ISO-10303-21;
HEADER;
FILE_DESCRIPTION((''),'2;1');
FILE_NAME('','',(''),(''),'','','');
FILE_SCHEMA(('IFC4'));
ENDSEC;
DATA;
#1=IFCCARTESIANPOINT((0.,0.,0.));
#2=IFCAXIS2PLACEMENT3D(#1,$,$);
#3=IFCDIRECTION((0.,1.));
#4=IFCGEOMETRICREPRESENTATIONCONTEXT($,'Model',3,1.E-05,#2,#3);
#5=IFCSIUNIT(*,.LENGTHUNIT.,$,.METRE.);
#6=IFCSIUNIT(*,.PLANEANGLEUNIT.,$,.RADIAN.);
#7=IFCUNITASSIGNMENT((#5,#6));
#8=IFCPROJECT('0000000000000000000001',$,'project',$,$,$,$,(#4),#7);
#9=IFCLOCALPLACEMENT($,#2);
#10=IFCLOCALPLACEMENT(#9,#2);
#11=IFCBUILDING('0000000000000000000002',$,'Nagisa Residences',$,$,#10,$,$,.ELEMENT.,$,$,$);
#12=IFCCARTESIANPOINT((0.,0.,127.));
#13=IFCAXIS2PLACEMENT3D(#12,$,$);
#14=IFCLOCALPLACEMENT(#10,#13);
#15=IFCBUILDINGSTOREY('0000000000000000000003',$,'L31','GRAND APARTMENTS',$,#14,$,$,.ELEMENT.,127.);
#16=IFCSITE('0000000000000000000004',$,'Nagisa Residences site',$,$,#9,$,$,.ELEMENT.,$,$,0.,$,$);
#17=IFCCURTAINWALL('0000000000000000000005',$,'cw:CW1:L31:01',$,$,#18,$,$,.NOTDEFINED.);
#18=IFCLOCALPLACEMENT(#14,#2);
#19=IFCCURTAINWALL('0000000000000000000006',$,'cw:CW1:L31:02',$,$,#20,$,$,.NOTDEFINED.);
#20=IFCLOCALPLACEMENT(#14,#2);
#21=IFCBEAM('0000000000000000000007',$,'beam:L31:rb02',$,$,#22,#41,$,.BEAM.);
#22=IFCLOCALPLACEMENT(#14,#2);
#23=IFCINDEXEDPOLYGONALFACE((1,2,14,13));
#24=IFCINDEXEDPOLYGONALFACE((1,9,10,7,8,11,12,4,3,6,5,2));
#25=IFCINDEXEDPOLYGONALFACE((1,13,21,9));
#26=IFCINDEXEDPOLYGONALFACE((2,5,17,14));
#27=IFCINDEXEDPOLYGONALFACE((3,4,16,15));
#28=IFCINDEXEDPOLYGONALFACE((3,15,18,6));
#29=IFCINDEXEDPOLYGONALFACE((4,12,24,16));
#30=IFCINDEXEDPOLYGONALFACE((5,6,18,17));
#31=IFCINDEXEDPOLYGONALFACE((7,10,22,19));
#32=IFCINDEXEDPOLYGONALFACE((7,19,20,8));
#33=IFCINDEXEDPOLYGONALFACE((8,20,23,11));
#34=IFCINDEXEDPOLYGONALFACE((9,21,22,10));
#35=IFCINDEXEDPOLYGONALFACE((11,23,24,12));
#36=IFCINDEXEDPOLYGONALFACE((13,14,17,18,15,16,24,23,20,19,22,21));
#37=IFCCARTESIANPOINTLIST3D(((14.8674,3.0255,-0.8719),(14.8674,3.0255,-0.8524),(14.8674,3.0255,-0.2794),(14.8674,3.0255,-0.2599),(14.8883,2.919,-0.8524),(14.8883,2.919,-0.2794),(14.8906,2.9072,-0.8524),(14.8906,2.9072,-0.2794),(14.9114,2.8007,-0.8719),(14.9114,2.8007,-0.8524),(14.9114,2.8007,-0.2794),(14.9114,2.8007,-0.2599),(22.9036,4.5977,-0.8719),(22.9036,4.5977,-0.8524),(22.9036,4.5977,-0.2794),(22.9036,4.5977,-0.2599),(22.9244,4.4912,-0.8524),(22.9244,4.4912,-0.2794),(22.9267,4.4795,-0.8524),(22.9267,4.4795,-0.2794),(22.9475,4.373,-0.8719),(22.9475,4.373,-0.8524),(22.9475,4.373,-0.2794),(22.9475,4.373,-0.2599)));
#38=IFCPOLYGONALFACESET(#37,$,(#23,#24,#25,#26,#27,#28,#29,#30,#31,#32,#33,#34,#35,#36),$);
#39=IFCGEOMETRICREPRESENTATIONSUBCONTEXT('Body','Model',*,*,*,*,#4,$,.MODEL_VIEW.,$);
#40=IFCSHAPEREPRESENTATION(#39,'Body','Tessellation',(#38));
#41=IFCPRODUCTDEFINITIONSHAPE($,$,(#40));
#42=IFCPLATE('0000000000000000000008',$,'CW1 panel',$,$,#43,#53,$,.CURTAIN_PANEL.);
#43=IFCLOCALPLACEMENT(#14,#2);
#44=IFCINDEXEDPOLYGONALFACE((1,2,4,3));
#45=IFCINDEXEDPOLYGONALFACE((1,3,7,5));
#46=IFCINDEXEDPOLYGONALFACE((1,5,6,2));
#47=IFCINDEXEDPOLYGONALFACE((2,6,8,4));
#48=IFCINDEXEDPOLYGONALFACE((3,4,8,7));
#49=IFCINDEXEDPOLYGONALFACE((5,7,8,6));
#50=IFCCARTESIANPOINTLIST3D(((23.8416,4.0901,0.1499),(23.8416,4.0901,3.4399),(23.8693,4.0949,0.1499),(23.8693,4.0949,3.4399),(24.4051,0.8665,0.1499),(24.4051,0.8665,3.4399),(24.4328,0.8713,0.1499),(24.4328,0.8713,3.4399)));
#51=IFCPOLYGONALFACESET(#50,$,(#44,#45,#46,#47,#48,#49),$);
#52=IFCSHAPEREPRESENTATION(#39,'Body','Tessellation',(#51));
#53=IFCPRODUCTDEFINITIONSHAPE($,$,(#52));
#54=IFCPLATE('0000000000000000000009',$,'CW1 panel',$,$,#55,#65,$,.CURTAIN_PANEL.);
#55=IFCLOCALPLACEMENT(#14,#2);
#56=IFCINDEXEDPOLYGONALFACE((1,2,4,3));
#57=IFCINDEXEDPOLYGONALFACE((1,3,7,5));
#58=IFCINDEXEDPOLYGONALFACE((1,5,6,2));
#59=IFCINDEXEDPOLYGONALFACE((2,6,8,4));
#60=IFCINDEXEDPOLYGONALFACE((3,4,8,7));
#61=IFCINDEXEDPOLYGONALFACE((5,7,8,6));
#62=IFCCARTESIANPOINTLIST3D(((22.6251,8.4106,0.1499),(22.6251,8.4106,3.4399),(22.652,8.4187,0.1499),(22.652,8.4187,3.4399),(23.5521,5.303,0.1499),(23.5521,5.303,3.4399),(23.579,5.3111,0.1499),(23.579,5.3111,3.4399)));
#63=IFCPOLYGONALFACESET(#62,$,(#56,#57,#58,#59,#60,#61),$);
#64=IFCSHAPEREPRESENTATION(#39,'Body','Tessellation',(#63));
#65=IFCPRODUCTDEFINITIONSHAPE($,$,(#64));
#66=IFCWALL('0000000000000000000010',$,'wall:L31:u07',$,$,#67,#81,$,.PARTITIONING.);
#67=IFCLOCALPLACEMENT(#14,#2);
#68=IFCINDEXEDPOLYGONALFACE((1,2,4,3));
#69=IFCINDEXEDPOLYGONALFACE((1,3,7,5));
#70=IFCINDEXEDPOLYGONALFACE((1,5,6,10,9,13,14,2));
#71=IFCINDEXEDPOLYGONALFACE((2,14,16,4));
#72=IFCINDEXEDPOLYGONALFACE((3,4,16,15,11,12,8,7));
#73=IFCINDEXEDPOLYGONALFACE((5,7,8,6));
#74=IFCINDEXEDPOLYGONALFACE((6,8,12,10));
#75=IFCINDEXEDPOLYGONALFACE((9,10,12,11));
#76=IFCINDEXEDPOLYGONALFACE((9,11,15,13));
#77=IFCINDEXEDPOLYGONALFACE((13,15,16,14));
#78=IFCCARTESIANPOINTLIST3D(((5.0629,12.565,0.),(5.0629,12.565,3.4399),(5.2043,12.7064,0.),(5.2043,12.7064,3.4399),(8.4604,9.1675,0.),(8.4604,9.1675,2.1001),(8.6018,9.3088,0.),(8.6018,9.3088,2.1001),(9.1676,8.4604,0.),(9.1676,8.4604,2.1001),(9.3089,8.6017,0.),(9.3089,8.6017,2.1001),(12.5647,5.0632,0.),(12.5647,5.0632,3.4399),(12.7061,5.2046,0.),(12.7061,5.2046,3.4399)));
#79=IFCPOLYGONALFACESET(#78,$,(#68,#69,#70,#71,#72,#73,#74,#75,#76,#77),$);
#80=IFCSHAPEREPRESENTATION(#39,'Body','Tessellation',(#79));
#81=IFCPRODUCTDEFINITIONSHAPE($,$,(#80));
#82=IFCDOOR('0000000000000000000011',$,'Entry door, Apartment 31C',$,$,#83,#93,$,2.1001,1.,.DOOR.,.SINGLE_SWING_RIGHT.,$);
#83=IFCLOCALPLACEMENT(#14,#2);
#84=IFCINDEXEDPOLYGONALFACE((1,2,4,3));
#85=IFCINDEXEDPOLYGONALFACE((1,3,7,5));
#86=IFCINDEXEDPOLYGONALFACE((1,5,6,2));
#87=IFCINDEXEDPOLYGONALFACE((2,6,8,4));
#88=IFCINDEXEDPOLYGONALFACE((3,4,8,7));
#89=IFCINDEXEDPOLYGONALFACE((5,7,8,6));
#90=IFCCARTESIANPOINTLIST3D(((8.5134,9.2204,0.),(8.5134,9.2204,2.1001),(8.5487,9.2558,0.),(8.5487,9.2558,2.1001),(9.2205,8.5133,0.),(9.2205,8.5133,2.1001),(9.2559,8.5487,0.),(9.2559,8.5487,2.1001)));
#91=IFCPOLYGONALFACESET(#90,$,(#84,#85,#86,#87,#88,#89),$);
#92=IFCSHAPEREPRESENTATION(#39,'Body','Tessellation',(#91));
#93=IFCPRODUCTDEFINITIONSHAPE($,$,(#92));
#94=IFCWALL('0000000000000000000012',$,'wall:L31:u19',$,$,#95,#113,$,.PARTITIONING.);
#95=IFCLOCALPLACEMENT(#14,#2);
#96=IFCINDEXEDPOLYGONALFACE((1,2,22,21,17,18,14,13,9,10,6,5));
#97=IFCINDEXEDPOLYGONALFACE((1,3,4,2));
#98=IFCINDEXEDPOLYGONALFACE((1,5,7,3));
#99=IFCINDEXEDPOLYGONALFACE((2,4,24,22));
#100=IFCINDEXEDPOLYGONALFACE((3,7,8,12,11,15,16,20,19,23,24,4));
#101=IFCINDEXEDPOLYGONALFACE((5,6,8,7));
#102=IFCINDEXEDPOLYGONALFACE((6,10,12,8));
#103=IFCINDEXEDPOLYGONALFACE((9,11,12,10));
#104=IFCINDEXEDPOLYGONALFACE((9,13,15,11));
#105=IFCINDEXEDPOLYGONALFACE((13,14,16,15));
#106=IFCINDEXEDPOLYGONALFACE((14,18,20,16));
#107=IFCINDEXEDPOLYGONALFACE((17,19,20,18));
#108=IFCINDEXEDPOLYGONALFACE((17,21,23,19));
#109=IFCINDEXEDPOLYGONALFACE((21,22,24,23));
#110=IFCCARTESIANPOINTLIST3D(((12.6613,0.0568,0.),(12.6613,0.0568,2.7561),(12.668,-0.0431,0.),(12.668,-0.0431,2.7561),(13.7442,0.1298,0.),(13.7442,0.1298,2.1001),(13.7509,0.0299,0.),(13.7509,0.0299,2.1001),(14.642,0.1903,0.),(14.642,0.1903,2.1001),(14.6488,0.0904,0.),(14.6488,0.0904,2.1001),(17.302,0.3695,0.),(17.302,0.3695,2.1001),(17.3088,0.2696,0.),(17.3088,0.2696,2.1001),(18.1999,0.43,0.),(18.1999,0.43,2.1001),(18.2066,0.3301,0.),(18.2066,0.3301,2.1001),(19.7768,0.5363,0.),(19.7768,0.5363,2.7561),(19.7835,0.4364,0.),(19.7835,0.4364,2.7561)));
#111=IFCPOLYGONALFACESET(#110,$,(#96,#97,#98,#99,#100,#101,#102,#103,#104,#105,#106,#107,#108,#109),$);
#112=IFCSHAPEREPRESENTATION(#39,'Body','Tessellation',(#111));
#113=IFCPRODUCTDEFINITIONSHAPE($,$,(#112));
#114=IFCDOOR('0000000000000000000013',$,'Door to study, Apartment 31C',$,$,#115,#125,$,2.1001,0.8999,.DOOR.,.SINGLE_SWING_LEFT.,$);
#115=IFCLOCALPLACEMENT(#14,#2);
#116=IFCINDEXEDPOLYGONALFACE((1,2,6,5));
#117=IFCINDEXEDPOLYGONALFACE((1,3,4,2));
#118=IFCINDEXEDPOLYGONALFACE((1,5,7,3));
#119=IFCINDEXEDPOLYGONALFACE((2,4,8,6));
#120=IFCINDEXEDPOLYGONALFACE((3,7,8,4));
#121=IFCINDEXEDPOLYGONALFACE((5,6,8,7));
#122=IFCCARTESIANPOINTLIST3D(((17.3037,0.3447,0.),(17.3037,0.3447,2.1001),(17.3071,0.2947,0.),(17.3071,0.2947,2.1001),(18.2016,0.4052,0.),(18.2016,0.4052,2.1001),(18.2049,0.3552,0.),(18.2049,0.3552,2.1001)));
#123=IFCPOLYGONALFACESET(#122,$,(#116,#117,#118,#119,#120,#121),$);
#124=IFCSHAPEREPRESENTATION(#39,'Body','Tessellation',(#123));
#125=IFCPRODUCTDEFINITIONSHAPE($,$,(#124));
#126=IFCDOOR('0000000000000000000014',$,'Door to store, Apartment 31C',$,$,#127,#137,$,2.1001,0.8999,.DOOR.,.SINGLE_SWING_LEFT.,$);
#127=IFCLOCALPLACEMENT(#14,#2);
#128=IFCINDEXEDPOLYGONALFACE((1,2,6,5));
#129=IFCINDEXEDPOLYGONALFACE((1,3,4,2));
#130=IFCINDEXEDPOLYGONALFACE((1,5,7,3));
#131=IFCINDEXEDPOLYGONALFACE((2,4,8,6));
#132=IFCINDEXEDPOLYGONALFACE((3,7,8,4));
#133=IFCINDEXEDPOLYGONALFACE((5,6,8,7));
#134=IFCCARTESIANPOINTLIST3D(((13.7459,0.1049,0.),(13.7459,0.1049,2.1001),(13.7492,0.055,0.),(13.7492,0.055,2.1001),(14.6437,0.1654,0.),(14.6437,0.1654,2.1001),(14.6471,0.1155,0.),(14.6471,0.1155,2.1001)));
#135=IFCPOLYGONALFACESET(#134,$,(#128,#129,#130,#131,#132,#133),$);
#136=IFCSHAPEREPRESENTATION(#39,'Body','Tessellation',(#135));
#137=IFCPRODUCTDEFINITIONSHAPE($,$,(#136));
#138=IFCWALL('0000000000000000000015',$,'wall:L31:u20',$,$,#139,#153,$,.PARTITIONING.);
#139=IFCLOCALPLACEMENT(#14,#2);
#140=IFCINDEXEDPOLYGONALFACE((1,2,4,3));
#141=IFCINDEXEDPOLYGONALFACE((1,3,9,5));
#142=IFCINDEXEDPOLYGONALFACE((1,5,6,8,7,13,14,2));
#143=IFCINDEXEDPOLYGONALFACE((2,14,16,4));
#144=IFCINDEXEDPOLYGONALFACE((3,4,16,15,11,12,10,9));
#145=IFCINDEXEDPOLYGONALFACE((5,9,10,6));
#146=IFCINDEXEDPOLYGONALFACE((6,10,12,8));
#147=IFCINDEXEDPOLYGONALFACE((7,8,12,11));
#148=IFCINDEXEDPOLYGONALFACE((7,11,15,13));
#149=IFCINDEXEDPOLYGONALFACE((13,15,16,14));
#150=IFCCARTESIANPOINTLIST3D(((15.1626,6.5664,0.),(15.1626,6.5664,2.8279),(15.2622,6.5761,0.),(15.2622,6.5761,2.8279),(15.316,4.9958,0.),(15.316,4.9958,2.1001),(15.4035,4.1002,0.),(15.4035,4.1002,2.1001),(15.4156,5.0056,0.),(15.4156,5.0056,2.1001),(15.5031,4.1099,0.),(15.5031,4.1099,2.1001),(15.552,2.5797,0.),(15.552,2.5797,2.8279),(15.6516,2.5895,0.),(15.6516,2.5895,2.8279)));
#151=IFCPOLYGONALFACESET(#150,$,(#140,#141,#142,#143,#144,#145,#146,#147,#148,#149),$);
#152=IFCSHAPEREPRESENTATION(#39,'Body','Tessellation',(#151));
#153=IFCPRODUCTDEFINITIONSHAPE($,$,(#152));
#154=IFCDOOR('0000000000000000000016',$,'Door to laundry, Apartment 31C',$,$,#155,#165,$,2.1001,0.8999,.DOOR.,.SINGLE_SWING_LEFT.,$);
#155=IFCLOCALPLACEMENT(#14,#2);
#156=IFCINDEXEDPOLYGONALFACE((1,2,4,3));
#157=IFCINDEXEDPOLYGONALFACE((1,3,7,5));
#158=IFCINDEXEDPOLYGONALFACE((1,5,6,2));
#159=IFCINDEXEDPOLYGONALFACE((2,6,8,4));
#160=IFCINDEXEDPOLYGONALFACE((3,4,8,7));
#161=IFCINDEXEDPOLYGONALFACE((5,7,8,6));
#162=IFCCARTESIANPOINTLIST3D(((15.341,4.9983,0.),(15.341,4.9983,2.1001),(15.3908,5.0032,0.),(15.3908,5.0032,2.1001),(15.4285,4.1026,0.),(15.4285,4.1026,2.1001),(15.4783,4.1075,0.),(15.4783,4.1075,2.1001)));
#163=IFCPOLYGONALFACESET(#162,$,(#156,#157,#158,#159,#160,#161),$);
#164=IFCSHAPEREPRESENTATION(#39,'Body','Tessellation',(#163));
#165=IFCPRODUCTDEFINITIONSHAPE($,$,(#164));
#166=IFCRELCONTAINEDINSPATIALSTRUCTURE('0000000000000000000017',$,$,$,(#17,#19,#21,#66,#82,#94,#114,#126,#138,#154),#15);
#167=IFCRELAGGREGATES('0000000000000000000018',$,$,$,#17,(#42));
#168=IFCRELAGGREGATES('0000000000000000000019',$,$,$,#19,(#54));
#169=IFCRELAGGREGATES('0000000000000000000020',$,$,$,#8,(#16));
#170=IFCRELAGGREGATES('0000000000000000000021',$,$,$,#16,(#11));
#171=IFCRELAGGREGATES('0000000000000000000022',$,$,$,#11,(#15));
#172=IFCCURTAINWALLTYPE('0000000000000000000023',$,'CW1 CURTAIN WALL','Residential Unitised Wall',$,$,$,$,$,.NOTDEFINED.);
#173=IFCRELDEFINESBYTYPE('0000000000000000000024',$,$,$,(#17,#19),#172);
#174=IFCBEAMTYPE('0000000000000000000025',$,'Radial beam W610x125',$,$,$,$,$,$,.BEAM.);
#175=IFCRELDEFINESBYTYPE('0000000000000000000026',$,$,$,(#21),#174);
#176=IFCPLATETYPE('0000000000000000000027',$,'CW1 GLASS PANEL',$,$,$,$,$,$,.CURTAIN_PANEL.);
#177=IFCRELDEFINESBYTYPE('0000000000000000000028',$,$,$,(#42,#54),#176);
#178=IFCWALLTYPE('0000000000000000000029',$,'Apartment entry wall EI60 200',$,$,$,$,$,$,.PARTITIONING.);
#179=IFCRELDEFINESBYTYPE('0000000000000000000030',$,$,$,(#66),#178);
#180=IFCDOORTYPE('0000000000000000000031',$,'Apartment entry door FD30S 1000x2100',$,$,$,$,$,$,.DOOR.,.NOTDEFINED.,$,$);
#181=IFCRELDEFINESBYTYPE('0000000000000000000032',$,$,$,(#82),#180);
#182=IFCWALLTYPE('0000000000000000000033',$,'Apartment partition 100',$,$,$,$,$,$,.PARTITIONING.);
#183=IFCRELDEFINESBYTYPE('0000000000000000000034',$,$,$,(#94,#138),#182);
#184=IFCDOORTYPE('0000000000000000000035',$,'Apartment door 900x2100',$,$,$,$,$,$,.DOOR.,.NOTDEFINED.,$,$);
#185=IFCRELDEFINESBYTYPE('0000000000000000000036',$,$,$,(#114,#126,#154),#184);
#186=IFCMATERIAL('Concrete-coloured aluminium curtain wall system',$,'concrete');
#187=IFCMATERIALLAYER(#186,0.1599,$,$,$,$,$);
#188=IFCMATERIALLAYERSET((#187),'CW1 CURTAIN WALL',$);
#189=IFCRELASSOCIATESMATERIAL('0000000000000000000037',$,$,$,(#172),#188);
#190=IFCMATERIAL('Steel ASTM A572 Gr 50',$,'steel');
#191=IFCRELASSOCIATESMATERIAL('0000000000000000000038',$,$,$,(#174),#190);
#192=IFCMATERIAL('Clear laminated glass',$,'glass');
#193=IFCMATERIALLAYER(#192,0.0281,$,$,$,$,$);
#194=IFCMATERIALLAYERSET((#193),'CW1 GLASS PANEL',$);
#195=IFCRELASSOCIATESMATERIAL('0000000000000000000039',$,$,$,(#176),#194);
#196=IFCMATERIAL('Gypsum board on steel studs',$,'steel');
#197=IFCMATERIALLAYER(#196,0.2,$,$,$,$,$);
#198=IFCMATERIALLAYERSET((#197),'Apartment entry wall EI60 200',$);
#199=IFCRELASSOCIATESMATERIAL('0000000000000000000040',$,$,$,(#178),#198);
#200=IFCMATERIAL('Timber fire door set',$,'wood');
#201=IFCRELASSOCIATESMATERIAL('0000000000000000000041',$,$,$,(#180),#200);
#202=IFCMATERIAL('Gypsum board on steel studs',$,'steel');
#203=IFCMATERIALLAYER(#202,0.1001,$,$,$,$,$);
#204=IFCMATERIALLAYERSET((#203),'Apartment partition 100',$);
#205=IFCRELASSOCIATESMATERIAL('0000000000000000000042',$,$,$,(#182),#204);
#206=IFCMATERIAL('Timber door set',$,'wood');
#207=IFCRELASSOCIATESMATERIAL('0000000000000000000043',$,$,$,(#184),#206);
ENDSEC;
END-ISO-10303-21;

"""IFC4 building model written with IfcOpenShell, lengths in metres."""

from ifc_helpers import new_model, si_unit, direction, frame, frame_2d, origin, origin_2d, place, context, subcontext, project, spatial, rectangle, i_section, extrude, material, layer, layer_set, material_profile, profile_set, type_object, element, fill, aggregate, save


model = new_model("IFC4")

# Units and contexts
model_context = context("Model", 3, precision=1e-05, world=origin(), true_north=direction((0.0, 1.0)))
body_context = subcontext(model_context, "Body", "Model", "MODEL_VIEW")
ifc_project = project(units=[si_unit("LENGTHUNIT", "METRE"), si_unit("PLANEANGLEUNIT", "RADIAN")], contexts=[model_context])

# Site, building, storey
site_placement = place(None, origin())
site = spatial("IfcSite", under=ifc_project, at=site_placement, Name="Nagisa Residences site", CompositionType="ELEMENT", RefElevation=0.0)
building_placement = place(site_placement, origin())
building = spatial("IfcBuilding", under=site, at=building_placement, Name="Nagisa Residences", CompositionType="ELEMENT")
storey_placement = place(building_placement, frame((0.0, 0.0, 127.0)))
storey = spatial("IfcBuildingStorey", under=building, at=storey_placement, Name="L31", Description="GRAND APARTMENTS", CompositionType="ELEMENT", Elevation=127.0)

# Curtain walls
ifc_material_1 = material(Name="Concrete-coloured aluminium curtain wall system", Category="concrete")
ifc_layer_1 = layer(ifc_material_1, 0.1599)
ifc_layer_set_1 = layer_set([ifc_layer_1], Name="CW1 CURTAIN WALL")
curtain_wall_type = type_object("IfcCurtainWallType", Name="CW1 CURTAIN WALL", Description="Residential Unitised Wall", PredefinedType="NOTDEFINED", material=ifc_layer_set_1)
curtain_wall_1_placement = place(storey_placement, origin())
curtain_wall_1 = element("IfcCurtainWall", 1, at=curtain_wall_1_placement, inside=storey, type_object=curtain_wall_type, Name="cw:CW1:L31:01", PredefinedType="NOTDEFINED")
curtain_wall_2_placement = place(storey_placement, origin())
curtain_wall_2 = element("IfcCurtainWall", 2, at=curtain_wall_2_placement, inside=storey, type_object=curtain_wall_type, Name="cw:CW1:L31:02", PredefinedType="NOTDEFINED")

# Beam
ifc_material_2 = material(Name="Steel ASTM A572 Gr 50", Category="steel")
ifc_material_profile_1 = material_profile(ifc_material_2, i_section(OverallWidth=0.229, OverallDepth=0.6121, WebThickness=0.012, FlangeThickness=0.0195, at=origin_2d()), Name="W610x125")
ifc_profile_set_1 = profile_set([ifc_material_profile_1], Name="Steel ASTM A572 Gr 50")
beam_type_1 = type_object("IfcBeamType", Name="Radial beam W610x125", PredefinedType="BEAM", material=ifc_profile_set_1)
beam_1_placement = place(storey_placement, frame((22.9255, 4.4854, -0.5659), z_axis=(-0.981393, -0.192009, 0.0), x_axis=(0.192009, -0.981393, 0.0)))
element("IfcBeam", 3, at=beam_1_placement, inside=storey, type_object=beam_type_1, Name="beam:L31:rb02", PredefinedType="BEAM", context=body_context, shape_type="SweptSolid", body=[
    extrude(i_section(OverallWidth=0.229, OverallDepth=0.6121, WebThickness=0.012, FlangeThickness=0.0195, at=origin_2d()), origin(), (0.0, 0.0, 1.0), 8.1885),
])

# Plates
ifc_material_3 = material(Name="Clear laminated glass", Category="glass")
ifc_layer_2 = layer(ifc_material_3, 0.0281)
ifc_layer_set_2 = layer_set([ifc_layer_2], Name="CW1 GLASS PANEL")
plate_type = type_object("IfcPlateType", Name="CW1 GLASS PANEL", PredefinedType="CURTAIN_PANEL", material=ifc_layer_set_2)
plate_1_placement = place(storey_placement, frame((24.1372, 2.4807, 0.1499), z_axis=(0.0, 0.0, 1.0), x_axis=(-0.172191, 0.985064, 0.0)))
plate_1 = element("IfcPlate", 4, at=plate_1_placement, type_object=plate_type, Name="CW1 panel", PredefinedType="CURTAIN_PANEL", context=body_context, shape_type="SweptSolid", body=[
    extrude(rectangle(XDim=3.2725, YDim=0.0281, at=origin_2d()), origin(), (0.0, 0.0, 1.0), 3.29),
])
aggregate(curtain_wall_1, [plate_1])
plate_2_placement = place(storey_placement, frame((23.1021, 6.8608, 0.1499), z_axis=(0.0, 0.0, 1.0), x_axis=(-0.28586, 0.958271, 0.0)))
plate_2 = element("IfcPlate", 5, at=plate_2_placement, type_object=plate_type, Name="CW1 panel", PredefinedType="CURTAIN_PANEL", context=body_context, shape_type="SweptSolid", body=[
    extrude(rectangle(XDim=3.2429, YDim=0.0281, at=origin_2d()), origin(), (0.0, 0.0, 1.0), 3.29),
])
aggregate(curtain_wall_2, [plate_2])

# Wall, opening, door
ifc_material_4 = material(Name="Gypsum board on steel studs", Category="steel")
ifc_layer_3 = layer(ifc_material_4, 0.2)
ifc_layer_set_3 = layer_set([ifc_layer_3], Name="Apartment entry wall EI60 200")
wall_type_1 = type_object("IfcWallType", Name="Apartment entry wall EI60 200", PredefinedType="PARTITIONING", material=ifc_layer_set_3)
wall_1_placement = place(storey_placement, frame((12.6355, 5.1338, 0.0), z_axis=(0.0, 0.0, 1.0), x_axis=(-0.707107, 0.707107, 0.0)))
wall_1 = element("IfcWall", 6, at=wall_1_placement, inside=storey, type_object=wall_type_1, Name="wall:L31:u07", PredefinedType="PARTITIONING", context=body_context, shape_type="SweptSolid", body=[
    extrude(rectangle(XDim=10.6091, YDim=0.2, at=frame_2d((5.3047, 0.0))), origin(), (0.0, 0.0, 1.0), 3.4399),
])
opening_1_placement = place(wall_1_placement, frame((4.8044, 0.0, 0.0)))
opening_1 = element("IfcOpeningElement", 7, at=opening_1_placement, cuts=wall_1, PredefinedType="OPENING", context=body_context, shape_type="SweptSolid", body=[
    extrude(rectangle(XDim=1.0, YDim=2.1001, at=frame_2d((0.5, 1.05))), frame((0.0, 0.1099, 0.0), z_axis=(0.0, -1.0, 0.0), x_axis=(1.0, 0.0, 0.0)), (0.0, 0.0, 1.0), 0.22),
])
ifc_material_5 = material(Name="Timber fire door set", Category="wood")
door_type_1 = type_object("IfcDoorType", Name="Apartment entry door FD30S 1000x2100", OperationType="NOTDEFINED", PredefinedType="DOOR", material=ifc_material_5)
door_1_placement = place(opening_1_placement, frame((1.0, 0.0, 0.0), x_axis=(-1.0, 0.0, 0.0)))
door_1 = element("IfcDoor", 8, at=door_1_placement, inside=storey, type_object=door_type_1, Name="Entry door, Apartment 31C", OperationType="SINGLE_SWING_RIGHT", OverallHeight=2.1001, OverallWidth=1.0, PredefinedType="DOOR", context=body_context, shape_type="SweptSolid", body=[
    extrude(rectangle(XDim=1.0, YDim=2.1001, at=frame_2d((0.5, 1.05))), frame((0.0, 0.0249, 0.0), z_axis=(0.0, -1.0, 0.0), x_axis=(1.0, 0.0, 0.0)), (0.0, 0.0, 1.0), 0.05),
])
fill(opening_1, door_1)

# Wall, openings, doors
ifc_material_6 = material(Name="Gypsum board on steel studs", Category="steel")
ifc_layer_4 = layer(ifc_material_6, 0.1001)
ifc_layer_set_4 = layer_set([ifc_layer_4], Name="Apartment partition 100")
wall_type_2 = type_object("IfcWallType", Name="Apartment partition 100", PredefinedType="PARTITIONING", material=ifc_layer_set_4)
wall_2_placement = place(storey_placement, frame((12.6646, 0.0068, 0.0), z_axis=(0.0, 0.0, 1.0), x_axis=(0.997737, 0.067235, 0.0)))
wall_2 = element("IfcWall", 9, at=wall_2_placement, inside=storey, type_object=wall_type_2, Name="wall:L31:u19", PredefinedType="PARTITIONING", context=body_context, shape_type="SweptSolid", body=[
    extrude(rectangle(XDim=7.1316, YDim=0.1001, at=frame_2d((3.5659, 0.0))), origin(), (0.0, 0.0, 1.0), 2.7561),
])
opening_2_placement = place(wall_2_placement, frame((4.6514, 0.0, 0.0)))
opening_2 = element("IfcOpeningElement", 10, at=opening_2_placement, cuts=wall_2, PredefinedType="OPENING", context=body_context, shape_type="SweptSolid", body=[
    extrude(rectangle(XDim=0.8999, YDim=2.1001, at=frame_2d((0.45, 1.05))), frame((0.0, 0.0601, 0.0), z_axis=(0.0, -1.0, 0.0), x_axis=(1.0, 0.0, 0.0)), (0.0, 0.0, 1.0), 0.1201),
])
opening_3_placement = place(wall_2_placement, frame((1.0854, 0.0, 0.0)))
opening_3 = element("IfcOpeningElement", 11, at=opening_3_placement, cuts=wall_2, PredefinedType="OPENING", context=body_context, shape_type="SweptSolid", body=[
    extrude(rectangle(XDim=0.8999, YDim=2.1001, at=frame_2d((0.45, 1.05))), frame((0.0, 0.0601, 0.0), z_axis=(0.0, -1.0, 0.0), x_axis=(1.0, 0.0, 0.0)), (0.0, 0.0, 1.0), 0.1201),
])
ifc_material_7 = material(Name="Timber door set", Category="wood")
door_type_2 = type_object("IfcDoorType", Name="Apartment door 900x2100", OperationType="NOTDEFINED", PredefinedType="DOOR", material=ifc_material_7)
door_2_placement = place(opening_2_placement, frame((0.8999, 0.0, 0.0), x_axis=(-1.0, 0.0, 0.0)))
door_2 = element("IfcDoor", 12, at=door_2_placement, inside=storey, type_object=door_type_2, Name="Door to study, Apartment 31C", OperationType="SINGLE_SWING_LEFT", OverallHeight=2.1001, OverallWidth=0.8999, PredefinedType="DOOR", context=body_context, shape_type="SweptSolid", body=[
    extrude(rectangle(XDim=0.8999, YDim=2.1001, at=frame_2d((0.45, 1.05))), frame((0.0, 0.0249, 0.0), z_axis=(0.0, -1.0, 0.0), x_axis=(1.0, 0.0, 0.0)), (0.0, 0.0, 1.0), 0.05),
])
fill(opening_2, door_2)
door_3_placement = place(opening_3_placement, frame((0.8999, 0.0, 0.0), x_axis=(-1.0, 0.0, 0.0)))
door_3 = element("IfcDoor", 13, at=door_3_placement, inside=storey, type_object=door_type_2, Name="Door to store, Apartment 31C", OperationType="SINGLE_SWING_LEFT", OverallHeight=2.1001, OverallWidth=0.8999, PredefinedType="DOOR", context=body_context, shape_type="SweptSolid", body=[
    extrude(rectangle(XDim=0.8999, YDim=2.1001, at=frame_2d((0.45, 1.05))), frame((0.0, 0.0249, 0.0), z_axis=(0.0, -1.0, 0.0), x_axis=(1.0, 0.0, 0.0)), (0.0, 0.0, 1.0), 0.05),
])
fill(opening_3, door_3)

# Wall, opening, door
wall_3_placement = place(storey_placement, frame((15.6018, 2.5845, 0.0), z_axis=(0.0, 0.0, 1.0), x_axis=(-0.097216, 0.995263, 0.0)))
wall_3 = element("IfcWall", 14, at=wall_3_placement, inside=storey, type_object=wall_type_2, Name="wall:L31:u20", PredefinedType="PARTITIONING", context=body_context, shape_type="SweptSolid", body=[
    extrude(rectangle(XDim=4.0056, YDim=0.1001, at=frame_2d((2.0029, 0.0))), origin(), (0.0, 0.0, 1.0), 2.8279),
])
opening_4_placement = place(wall_3_placement, frame((1.5278, 0.0, 0.0)))
opening_4 = element("IfcOpeningElement", 15, at=opening_4_placement, cuts=wall_3, PredefinedType="OPENING", context=body_context, shape_type="SweptSolid", body=[
    extrude(rectangle(XDim=0.8999, YDim=2.1001, at=frame_2d((0.45, 1.05))), frame((0.0, 0.0601, 0.0), z_axis=(0.0, -1.0, 0.0), x_axis=(1.0, 0.0, 0.0)), (0.0, 0.0, 1.0), 0.1201),
])
door_4_placement = place(opening_4_placement, origin())
door_4 = element("IfcDoor", 16, at=door_4_placement, inside=storey, type_object=door_type_2, Name="Door to laundry, Apartment 31C", OperationType="SINGLE_SWING_LEFT", OverallHeight=2.1001, OverallWidth=0.8999, PredefinedType="DOOR", context=body_context, shape_type="SweptSolid", body=[
    extrude(rectangle(XDim=0.8999, YDim=2.1001, at=frame_2d((0.45, 1.05))), frame((0.0, 0.0249, 0.0), z_axis=(0.0, -1.0, 0.0), x_axis=(1.0, 0.0, 0.0)), (0.0, 0.0, 1.0), 0.05),
])
fill(opening_4, door_4)

save(model, "model.ifc")
